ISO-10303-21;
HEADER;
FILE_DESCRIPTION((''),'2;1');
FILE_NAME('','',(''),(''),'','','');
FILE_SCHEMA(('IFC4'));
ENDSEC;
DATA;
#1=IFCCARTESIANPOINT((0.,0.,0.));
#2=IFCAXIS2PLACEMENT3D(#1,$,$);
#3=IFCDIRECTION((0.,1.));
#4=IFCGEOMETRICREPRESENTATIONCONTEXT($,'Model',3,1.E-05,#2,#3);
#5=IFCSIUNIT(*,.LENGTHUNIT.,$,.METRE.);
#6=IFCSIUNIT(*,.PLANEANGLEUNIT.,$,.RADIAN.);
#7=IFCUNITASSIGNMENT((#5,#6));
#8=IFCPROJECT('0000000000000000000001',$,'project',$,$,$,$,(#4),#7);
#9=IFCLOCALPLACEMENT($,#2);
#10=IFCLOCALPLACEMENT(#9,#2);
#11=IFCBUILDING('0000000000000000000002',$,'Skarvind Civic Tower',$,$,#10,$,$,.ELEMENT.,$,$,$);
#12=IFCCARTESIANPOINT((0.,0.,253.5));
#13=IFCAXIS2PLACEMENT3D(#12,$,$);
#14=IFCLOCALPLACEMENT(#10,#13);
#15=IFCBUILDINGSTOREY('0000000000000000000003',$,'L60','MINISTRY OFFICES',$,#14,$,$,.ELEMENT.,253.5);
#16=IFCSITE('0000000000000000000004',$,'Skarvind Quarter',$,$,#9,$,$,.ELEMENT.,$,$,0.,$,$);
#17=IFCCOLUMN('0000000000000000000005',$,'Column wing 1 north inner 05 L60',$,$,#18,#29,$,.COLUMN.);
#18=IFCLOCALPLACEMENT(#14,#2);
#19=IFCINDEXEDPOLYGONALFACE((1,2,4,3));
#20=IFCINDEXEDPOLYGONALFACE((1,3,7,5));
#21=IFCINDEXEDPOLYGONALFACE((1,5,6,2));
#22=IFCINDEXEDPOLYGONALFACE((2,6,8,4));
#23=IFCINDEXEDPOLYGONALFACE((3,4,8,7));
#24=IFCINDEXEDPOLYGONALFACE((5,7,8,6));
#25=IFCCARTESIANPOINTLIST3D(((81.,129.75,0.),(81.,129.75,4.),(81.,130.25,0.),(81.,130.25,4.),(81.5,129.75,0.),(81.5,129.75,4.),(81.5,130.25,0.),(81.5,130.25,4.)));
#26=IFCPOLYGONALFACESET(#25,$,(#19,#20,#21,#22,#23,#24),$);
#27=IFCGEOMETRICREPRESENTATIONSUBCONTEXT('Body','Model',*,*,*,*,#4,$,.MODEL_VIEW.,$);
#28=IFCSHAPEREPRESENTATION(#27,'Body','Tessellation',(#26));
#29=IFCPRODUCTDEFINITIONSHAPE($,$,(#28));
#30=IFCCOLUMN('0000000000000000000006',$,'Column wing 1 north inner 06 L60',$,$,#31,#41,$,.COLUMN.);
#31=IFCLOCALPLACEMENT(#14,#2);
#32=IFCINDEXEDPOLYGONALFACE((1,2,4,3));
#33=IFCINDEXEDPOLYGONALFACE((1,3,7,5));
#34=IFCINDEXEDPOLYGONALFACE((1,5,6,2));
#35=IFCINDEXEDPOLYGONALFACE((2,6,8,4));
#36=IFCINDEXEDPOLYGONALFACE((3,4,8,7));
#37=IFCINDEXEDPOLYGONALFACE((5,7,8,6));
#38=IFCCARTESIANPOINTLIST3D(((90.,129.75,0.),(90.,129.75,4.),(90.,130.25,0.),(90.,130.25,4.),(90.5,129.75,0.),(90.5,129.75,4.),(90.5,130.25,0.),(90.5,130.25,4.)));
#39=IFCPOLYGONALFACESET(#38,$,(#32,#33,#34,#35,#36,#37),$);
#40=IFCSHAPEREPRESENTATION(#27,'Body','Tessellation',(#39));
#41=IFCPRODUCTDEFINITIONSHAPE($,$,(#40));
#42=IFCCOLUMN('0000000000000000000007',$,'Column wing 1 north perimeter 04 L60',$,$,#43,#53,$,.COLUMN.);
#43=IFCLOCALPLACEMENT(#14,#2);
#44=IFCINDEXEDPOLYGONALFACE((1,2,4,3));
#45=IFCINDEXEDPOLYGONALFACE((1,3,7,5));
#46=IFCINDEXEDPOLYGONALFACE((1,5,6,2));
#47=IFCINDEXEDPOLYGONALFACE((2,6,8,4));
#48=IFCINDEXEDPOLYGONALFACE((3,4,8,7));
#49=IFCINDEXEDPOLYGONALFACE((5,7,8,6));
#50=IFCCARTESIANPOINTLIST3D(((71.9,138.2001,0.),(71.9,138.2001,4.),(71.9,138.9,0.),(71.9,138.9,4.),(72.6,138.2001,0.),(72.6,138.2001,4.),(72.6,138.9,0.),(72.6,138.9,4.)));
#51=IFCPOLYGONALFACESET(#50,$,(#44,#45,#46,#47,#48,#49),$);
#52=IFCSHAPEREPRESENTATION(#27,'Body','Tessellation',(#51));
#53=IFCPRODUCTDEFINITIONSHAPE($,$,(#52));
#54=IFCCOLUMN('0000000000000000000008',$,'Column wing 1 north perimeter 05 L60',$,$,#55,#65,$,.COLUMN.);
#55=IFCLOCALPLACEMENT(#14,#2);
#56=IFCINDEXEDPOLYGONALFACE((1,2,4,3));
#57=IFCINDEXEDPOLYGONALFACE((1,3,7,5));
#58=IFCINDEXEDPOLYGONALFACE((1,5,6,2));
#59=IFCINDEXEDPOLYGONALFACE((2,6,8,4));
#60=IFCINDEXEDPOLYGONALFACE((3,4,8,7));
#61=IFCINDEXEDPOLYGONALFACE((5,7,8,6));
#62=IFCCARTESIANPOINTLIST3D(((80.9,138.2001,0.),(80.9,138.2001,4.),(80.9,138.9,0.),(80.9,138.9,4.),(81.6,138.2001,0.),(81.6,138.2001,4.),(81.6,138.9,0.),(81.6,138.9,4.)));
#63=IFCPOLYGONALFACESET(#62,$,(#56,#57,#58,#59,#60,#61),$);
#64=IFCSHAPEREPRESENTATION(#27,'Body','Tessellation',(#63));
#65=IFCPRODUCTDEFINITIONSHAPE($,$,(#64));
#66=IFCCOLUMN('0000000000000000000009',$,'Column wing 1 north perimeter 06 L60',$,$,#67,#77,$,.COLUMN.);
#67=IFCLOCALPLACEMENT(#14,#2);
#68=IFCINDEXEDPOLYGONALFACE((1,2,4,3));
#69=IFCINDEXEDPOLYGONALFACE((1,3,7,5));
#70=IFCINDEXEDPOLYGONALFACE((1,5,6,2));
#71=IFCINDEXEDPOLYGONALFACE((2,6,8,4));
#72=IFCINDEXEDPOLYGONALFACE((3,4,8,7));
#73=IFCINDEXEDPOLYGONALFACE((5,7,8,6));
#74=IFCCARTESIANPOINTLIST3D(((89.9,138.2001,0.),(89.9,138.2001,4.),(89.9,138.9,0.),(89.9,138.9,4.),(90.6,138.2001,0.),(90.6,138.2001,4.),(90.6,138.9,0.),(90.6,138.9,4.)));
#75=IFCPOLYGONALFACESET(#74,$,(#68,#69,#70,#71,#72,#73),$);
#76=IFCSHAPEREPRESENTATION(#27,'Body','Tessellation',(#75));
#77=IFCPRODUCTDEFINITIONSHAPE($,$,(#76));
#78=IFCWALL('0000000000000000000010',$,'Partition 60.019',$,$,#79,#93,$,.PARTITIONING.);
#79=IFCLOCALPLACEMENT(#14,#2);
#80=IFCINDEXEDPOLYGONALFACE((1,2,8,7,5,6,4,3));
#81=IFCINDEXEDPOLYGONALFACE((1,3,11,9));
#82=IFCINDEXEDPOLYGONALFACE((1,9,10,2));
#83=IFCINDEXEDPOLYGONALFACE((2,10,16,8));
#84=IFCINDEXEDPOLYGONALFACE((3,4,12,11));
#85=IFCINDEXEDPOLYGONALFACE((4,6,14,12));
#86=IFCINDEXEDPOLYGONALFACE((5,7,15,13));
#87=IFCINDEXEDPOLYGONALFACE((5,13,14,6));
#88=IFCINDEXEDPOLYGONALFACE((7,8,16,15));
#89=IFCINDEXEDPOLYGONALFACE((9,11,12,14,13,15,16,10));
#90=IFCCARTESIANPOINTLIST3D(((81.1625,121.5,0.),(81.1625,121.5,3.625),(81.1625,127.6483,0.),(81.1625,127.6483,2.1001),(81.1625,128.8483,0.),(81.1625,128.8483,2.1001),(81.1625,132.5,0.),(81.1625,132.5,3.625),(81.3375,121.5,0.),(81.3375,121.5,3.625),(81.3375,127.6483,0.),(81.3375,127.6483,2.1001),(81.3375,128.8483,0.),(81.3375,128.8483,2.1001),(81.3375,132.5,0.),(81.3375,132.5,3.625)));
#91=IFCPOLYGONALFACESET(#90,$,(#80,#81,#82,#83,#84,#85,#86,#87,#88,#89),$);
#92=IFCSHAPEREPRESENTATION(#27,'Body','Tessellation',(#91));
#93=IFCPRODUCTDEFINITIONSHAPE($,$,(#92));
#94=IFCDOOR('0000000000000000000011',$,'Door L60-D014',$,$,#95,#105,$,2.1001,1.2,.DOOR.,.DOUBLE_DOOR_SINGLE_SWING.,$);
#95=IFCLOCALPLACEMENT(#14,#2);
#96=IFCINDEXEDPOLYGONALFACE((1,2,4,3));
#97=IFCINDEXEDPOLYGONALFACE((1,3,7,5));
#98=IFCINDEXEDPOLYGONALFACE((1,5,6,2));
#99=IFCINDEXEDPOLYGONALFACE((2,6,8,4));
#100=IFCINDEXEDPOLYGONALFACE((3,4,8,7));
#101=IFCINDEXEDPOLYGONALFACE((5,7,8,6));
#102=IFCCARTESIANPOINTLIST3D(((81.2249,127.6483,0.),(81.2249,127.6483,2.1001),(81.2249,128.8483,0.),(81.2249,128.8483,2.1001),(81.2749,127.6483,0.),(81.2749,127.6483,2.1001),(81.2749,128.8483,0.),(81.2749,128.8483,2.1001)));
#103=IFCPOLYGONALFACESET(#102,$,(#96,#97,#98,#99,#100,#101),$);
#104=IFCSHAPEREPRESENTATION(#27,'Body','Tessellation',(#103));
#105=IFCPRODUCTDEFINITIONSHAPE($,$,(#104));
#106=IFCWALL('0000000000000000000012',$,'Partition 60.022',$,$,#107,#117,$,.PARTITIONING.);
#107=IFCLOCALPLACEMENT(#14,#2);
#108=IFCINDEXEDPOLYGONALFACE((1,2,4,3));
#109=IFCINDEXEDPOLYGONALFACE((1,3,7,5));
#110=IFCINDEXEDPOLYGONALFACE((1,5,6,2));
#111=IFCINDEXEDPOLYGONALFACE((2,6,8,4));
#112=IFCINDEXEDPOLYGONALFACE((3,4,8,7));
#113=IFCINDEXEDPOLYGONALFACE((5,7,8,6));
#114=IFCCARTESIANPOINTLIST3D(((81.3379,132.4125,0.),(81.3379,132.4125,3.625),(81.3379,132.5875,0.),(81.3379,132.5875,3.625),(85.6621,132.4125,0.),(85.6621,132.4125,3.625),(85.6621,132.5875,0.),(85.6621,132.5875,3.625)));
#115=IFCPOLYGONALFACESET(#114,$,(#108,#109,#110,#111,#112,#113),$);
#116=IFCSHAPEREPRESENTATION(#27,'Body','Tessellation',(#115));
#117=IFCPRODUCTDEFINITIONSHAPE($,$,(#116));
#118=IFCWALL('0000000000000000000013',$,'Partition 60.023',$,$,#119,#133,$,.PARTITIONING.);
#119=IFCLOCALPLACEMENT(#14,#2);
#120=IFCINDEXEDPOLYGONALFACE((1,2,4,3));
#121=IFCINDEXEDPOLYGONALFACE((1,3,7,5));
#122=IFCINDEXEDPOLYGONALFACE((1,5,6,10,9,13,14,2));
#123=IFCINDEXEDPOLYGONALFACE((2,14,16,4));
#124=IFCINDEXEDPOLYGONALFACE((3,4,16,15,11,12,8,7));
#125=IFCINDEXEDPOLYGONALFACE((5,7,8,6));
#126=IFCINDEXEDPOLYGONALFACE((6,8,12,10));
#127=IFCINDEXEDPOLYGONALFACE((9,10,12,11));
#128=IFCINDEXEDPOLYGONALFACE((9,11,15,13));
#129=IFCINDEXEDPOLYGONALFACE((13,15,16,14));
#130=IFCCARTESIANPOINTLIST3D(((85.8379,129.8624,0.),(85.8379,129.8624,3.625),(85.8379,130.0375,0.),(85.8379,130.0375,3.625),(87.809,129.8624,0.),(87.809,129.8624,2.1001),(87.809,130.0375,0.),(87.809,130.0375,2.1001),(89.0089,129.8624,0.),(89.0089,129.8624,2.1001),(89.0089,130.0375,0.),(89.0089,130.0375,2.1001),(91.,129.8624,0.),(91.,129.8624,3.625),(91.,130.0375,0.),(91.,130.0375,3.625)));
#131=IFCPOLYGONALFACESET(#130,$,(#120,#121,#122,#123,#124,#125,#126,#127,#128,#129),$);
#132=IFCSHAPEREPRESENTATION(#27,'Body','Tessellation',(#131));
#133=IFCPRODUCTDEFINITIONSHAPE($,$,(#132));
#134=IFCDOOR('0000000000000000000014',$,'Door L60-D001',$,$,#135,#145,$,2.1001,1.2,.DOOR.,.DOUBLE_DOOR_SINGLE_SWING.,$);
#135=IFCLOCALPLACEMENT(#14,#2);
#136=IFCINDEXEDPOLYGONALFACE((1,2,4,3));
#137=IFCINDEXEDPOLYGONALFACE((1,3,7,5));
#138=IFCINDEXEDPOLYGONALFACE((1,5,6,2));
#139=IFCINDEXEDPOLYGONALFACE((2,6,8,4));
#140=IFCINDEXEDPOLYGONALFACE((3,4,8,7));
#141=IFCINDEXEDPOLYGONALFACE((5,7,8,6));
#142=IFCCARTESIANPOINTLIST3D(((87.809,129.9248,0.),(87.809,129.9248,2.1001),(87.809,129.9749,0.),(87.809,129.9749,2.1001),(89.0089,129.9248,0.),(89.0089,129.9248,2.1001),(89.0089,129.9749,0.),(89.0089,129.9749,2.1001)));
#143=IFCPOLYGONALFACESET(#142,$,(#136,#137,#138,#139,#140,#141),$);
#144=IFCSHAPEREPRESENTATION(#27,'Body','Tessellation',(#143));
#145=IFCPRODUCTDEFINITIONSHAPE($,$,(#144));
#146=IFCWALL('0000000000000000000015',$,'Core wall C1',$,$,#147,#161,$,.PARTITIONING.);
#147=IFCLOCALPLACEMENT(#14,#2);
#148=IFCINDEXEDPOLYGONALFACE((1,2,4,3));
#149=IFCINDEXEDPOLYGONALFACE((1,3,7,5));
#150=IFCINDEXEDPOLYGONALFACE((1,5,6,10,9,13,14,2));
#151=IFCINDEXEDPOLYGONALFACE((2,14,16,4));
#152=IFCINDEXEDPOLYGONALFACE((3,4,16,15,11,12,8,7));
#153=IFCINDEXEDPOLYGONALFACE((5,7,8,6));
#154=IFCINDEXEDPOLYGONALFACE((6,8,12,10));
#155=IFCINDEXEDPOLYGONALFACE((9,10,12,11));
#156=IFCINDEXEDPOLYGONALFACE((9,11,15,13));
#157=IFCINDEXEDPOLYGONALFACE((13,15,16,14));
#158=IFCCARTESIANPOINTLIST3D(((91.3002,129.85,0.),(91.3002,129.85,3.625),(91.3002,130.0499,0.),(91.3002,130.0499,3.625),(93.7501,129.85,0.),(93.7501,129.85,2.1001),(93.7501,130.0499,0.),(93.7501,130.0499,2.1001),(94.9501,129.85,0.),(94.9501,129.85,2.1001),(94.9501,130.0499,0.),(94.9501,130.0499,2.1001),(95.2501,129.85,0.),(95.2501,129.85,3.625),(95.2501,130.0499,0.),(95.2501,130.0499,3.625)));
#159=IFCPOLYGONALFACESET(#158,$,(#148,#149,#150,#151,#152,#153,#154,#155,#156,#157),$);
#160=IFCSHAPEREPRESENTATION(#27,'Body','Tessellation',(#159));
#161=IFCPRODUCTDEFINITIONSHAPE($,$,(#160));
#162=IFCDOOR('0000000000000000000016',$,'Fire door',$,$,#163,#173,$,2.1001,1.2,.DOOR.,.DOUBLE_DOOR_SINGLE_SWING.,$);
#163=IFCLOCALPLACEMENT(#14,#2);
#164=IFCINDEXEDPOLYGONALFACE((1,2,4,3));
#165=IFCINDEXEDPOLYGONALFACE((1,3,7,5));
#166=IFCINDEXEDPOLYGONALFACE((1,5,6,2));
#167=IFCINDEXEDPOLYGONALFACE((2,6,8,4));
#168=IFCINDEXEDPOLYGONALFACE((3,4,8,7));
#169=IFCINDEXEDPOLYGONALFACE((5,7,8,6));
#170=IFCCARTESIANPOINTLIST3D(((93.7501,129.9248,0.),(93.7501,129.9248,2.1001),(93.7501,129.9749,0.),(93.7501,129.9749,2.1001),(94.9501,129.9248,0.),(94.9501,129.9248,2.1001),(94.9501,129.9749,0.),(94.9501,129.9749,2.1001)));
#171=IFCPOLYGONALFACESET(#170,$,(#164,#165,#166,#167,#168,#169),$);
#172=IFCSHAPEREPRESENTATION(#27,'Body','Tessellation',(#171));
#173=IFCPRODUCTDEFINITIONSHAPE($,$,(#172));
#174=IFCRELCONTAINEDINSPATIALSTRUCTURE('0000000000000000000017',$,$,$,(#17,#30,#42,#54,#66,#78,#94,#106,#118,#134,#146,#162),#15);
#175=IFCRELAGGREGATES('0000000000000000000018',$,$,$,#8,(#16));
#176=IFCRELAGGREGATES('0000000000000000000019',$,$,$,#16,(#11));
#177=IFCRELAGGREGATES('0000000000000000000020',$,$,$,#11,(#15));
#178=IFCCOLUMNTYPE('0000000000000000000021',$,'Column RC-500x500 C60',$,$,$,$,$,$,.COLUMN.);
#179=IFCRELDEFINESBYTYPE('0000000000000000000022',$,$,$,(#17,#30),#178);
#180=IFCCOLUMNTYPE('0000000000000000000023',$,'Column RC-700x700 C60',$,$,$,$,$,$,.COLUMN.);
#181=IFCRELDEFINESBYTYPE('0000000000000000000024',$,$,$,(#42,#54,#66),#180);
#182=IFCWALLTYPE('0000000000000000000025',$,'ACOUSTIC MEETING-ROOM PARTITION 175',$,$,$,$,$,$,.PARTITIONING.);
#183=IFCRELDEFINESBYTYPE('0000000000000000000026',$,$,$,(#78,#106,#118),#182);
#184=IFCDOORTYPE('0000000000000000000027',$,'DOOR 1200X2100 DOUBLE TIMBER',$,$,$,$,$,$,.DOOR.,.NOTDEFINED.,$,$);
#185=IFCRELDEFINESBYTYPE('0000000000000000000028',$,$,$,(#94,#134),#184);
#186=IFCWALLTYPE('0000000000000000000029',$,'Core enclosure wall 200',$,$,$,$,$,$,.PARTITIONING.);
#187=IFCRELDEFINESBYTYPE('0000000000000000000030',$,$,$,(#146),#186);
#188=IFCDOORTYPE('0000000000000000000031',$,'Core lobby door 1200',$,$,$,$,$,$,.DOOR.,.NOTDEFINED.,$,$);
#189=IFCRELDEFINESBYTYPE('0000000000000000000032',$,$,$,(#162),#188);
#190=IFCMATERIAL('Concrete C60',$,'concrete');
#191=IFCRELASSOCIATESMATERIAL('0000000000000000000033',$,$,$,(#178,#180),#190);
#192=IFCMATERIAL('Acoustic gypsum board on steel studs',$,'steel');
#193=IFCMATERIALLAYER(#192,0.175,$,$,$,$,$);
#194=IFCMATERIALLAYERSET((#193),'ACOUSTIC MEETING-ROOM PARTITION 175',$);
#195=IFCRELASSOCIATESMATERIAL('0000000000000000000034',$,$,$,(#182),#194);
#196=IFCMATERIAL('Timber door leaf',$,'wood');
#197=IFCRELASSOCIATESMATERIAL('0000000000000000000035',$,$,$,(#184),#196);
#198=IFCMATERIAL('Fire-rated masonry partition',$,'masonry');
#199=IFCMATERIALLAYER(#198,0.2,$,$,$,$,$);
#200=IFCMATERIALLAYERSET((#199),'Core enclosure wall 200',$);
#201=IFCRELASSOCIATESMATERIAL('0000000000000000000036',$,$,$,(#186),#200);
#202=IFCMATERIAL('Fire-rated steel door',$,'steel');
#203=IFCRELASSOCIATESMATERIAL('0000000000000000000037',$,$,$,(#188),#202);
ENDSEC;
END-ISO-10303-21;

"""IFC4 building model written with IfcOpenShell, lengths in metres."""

from ifc_helpers import new_model, si_unit, direction, frame, frame_2d, origin, origin_2d, place, context, subcontext, project, spatial, rectangle, extrude, material, layer, layer_set, material_profile, profile_set, type_object, element, fill, save


model = new_model("IFC4")

# Units and contexts
model_context = context("Model", 3, precision=1e-05, world=origin(), true_north=direction((0.0, 1.0)))
body_context = subcontext(model_context, "Body", "Model", "MODEL_VIEW")
ifc_project = project(units=[si_unit("LENGTHUNIT", "METRE"), si_unit("PLANEANGLEUNIT", "RADIAN")], contexts=[model_context])

# Site, building, storey
site_placement = place(None, origin())
site = spatial("IfcSite", under=ifc_project, at=site_placement, Name="Skarvind Quarter", CompositionType="ELEMENT", RefElevation=0.0)
building_placement = place(site_placement, origin())
building = spatial("IfcBuilding", under=site, at=building_placement, Name="Skarvind Civic Tower", CompositionType="ELEMENT")
storey_placement = place(building_placement, frame((0.0, 0.0, 253.5)))
storey = spatial("IfcBuildingStorey", under=building, at=storey_placement, Name="L60", Description="MINISTRY OFFICES", CompositionType="ELEMENT", Elevation=253.5)

# Columns
ifc_material_1 = material(Name="Concrete C60", Category="concrete")
ifc_material_profile_1 = material_profile(ifc_material_1, rectangle(XDim=0.5, YDim=0.5, at=origin_2d()), Name="RC-500x500")
ifc_profile_set_1 = profile_set([ifc_material_profile_1], Name="Concrete C60")
column_type_1 = type_object("IfcColumnType", Name="Column RC-500x500 C60", PredefinedType="COLUMN", material=ifc_profile_set_1)
for number, where, z_axis, x_axis, name in (
    (1, (81.25, 130.0, 0.0), (0.0, 0.0, 1.0), (1.0, 0.0, 0.0), "Column wing 1 north inner 05 L60"),
    (2, (90.25, 130.0, 0.0), (0.0, 0.0, 1.0), (1.0, 0.0, 0.0), "Column wing 1 north inner 06 L60"),
):
    element("IfcColumn", number, at=place(storey_placement, frame(where, z_axis=z_axis, x_axis=x_axis)), inside=storey, type_object=column_type_1, Name=name, PredefinedType="COLUMN", context=body_context, shape_type="SweptSolid", body=[
        extrude(rectangle(XDim=0.5, YDim=0.5, at=origin_2d()), origin(), (0.0, 0.0, 1.0), 4.0),
    ])
ifc_material_profile_2 = material_profile(ifc_material_1, rectangle(XDim=0.7, YDim=0.7, at=origin_2d()), Name="RC-700x700")
ifc_profile_set_2 = profile_set([ifc_material_profile_2], Name="Concrete C60")
column_type_2 = type_object("IfcColumnType", Name="Column RC-700x700 C60", PredefinedType="COLUMN", material=ifc_profile_set_2)
for number, where, z_axis, x_axis, name in (
    (3, (72.25, 138.55, 0.0), (0.0, 0.0, 1.0), (1.0, 0.0, 0.0), "Column wing 1 north perimeter 04 L60"),
    (4, (81.25, 138.55, 0.0), (0.0, 0.0, 1.0), (1.0, 0.0, 0.0), "Column wing 1 north perimeter 05 L60"),
    (5, (90.25, 138.55, 0.0), (0.0, 0.0, 1.0), (1.0, 0.0, 0.0), "Column wing 1 north perimeter 06 L60"),
):
    element("IfcColumn", number, at=place(storey_placement, frame(where, z_axis=z_axis, x_axis=x_axis)), inside=storey, type_object=column_type_2, Name=name, PredefinedType="COLUMN", context=body_context, shape_type="SweptSolid", body=[
        extrude(rectangle(XDim=0.7, YDim=0.7, at=origin_2d()), origin(), (0.0, 0.0, 1.0), 4.0),
    ])

# Wall, opening, door
ifc_material_2 = material(Name="Acoustic gypsum board on steel studs", Category="steel")
ifc_layer_1 = layer(ifc_material_2, 0.175)
ifc_layer_set_1 = layer_set([ifc_layer_1], Name="ACOUSTIC MEETING-ROOM PARTITION 175")
wall_type_1 = type_object("IfcWallType", Name="ACOUSTIC MEETING-ROOM PARTITION 175", PredefinedType="PARTITIONING", material=ifc_layer_set_1)
wall_1_placement = place(storey_placement, frame((81.25, 132.5, 0.0), z_axis=(0.0, 0.0, 1.0), x_axis=(0.0, -1.0, 0.0)))
wall_1 = element("IfcWall", 6, at=wall_1_placement, inside=storey, type_object=wall_type_1, Name="Partition 60.019", PredefinedType="PARTITIONING", context=body_context, shape_type="SweptSolid", body=[
    extrude(rectangle(XDim=11.0, YDim=0.175, at=frame_2d((5.5, 0.0))), origin(), (0.0, 0.0, 1.0), 3.625),
])
opening_1_placement = place(wall_1_placement, frame((3.6516, 0.0, 0.0)))
opening_1 = element("IfcOpeningElement", 7, at=opening_1_placement, cuts=wall_1, PredefinedType="OPENING", context=body_context, shape_type="SweptSolid", body=[
    extrude(rectangle(XDim=1.2, YDim=2.1001, at=frame_2d((0.6001, 1.05))), frame((0.0, 0.0974, 0.0), z_axis=(0.0, -1.0, 0.0), x_axis=(1.0, 0.0, 0.0)), (0.0, 0.0, 1.0), 0.1951),
])
ifc_material_3 = material(Name="Timber door leaf", Category="wood")
door_type_1 = type_object("IfcDoorType", Name="DOOR 1200X2100 DOUBLE TIMBER", OperationType="NOTDEFINED", PredefinedType="DOOR", material=ifc_material_3)
door_1_placement = place(opening_1_placement, origin())
door_1 = element("IfcDoor", 8, at=door_1_placement, inside=storey, type_object=door_type_1, Name="Door L60-D014", OperationType="DOUBLE_DOOR_SINGLE_SWING", OverallHeight=2.1001, OverallWidth=1.2, PredefinedType="DOOR", context=body_context, shape_type="SweptSolid", body=[
    extrude(rectangle(XDim=1.2, YDim=2.1001, at=frame_2d((0.6001, 1.05))), frame((0.0, 0.0249, 0.0), z_axis=(0.0, -1.0, 0.0), x_axis=(1.0, 0.0, 0.0)), (0.0, 0.0, 1.0), 0.05),
])
fill(opening_1, door_1)

# Wall
wall_2_placement = place(storey_placement, frame((85.6621, 132.5, 0.0), z_axis=(0.0, 0.0, 1.0), x_axis=(-1.0, 0.0, 0.0)))
element("IfcWall", 9, at=wall_2_placement, inside=storey, type_object=wall_type_1, Name="Partition 60.022", PredefinedType="PARTITIONING", context=body_context, shape_type="SweptSolid", body=[
    extrude(rectangle(XDim=4.3242, YDim=0.175, at=frame_2d((2.1621, 0.0))), origin(), (0.0, 0.0, 1.0), 3.625),
])

# Walls, openings, doors
wall_3_placement = place(storey_placement, frame((85.8379, 129.95, 0.0), z_axis=(0.0, 0.0, 1.0), x_axis=(1.0, 0.0, 0.0)))
wall_3 = element("IfcWall", 10, at=wall_3_placement, inside=storey, type_object=wall_type_1, Name="Partition 60.023", PredefinedType="PARTITIONING", context=body_context, shape_type="SweptSolid", body=[
    extrude(rectangle(XDim=5.1621, YDim=0.175, at=frame_2d((2.5811, 0.0))), origin(), (0.0, 0.0, 1.0), 3.625),
])
opening_2_placement = place(wall_3_placement, frame((1.9709, 0.0, 0.0)))
opening_2 = element("IfcOpeningElement", 11, at=opening_2_placement, cuts=wall_3, PredefinedType="OPENING", context=body_context, shape_type="SweptSolid", body=[
    extrude(rectangle(XDim=1.2, YDim=2.1001, at=frame_2d((0.6001, 1.05))), frame((0.0, 0.0974, 0.0), z_axis=(0.0, -1.0, 0.0), x_axis=(1.0, 0.0, 0.0)), (0.0, 0.0, 1.0), 0.1951),
])
door_2_placement = place(opening_2_placement, origin())
door_2 = element("IfcDoor", 12, at=door_2_placement, inside=storey, type_object=door_type_1, Name="Door L60-D001", OperationType="DOUBLE_DOOR_SINGLE_SWING", OverallHeight=2.1001, OverallWidth=1.2, PredefinedType="DOOR", context=body_context, shape_type="SweptSolid", body=[
    extrude(rectangle(XDim=1.2, YDim=2.1001, at=frame_2d((0.6001, 1.05))), frame((0.0, 0.0249, 0.0), z_axis=(0.0, -1.0, 0.0), x_axis=(1.0, 0.0, 0.0)), (0.0, 0.0, 1.0), 0.05),
])
fill(opening_2, door_2)
ifc_material_4 = material(Name="Fire-rated masonry partition", Category="masonry")
ifc_layer_2 = layer(ifc_material_4, 0.2)
ifc_layer_set_2 = layer_set([ifc_layer_2], Name="Core enclosure wall 200")
wall_type_2 = type_object("IfcWallType", Name="Core enclosure wall 200", PredefinedType="PARTITIONING", material=ifc_layer_set_2)
wall_4_placement = place(storey_placement, frame((91.3, 129.95, 0.0), z_axis=(0.0, 0.0, 1.0), x_axis=(1.0, 0.0, 0.0)))
wall_4 = element("IfcWall", 13, at=wall_4_placement, inside=storey, type_object=wall_type_2, Name="Core wall C1", PredefinedType="PARTITIONING", context=body_context, shape_type="SweptSolid", body=[
    extrude(rectangle(XDim=3.95, YDim=0.2, at=frame_2d((1.9751, 0.0))), origin(), (0.0, 0.0, 1.0), 3.625),
])
opening_3_placement = place(wall_4_placement, frame((2.45, 0.0, 0.0)))
opening_3 = element("IfcOpeningElement", 14, at=opening_3_placement, cuts=wall_4, PredefinedType="OPENING", context=body_context, shape_type="SweptSolid", body=[
    extrude(rectangle(XDim=1.2, YDim=2.1001, at=frame_2d((0.6001, 1.05))), frame((0.0, 0.1099, 0.0), z_axis=(0.0, -1.0, 0.0), x_axis=(1.0, 0.0, 0.0)), (0.0, 0.0, 1.0), 0.22),
])
ifc_material_5 = material(Name="Fire-rated steel door", Category="steel")
door_type_2 = type_object("IfcDoorType", Name="Core lobby door 1200", OperationType="NOTDEFINED", PredefinedType="DOOR", material=ifc_material_5)
door_3_placement = place(opening_3_placement, origin())
door_3 = element("IfcDoor", 15, at=door_3_placement, inside=storey, type_object=door_type_2, Name="Fire door", OperationType="DOUBLE_DOOR_SINGLE_SWING", OverallHeight=2.1001, OverallWidth=1.2, PredefinedType="DOOR", context=body_context, shape_type="SweptSolid", body=[
    extrude(rectangle(XDim=1.2, YDim=2.1001, at=frame_2d((0.6001, 1.05))), frame((0.0, 0.0249, 0.0), z_axis=(0.0, -1.0, 0.0), x_axis=(1.0, 0.0, 0.0)), (0.0, 0.0, 1.0), 0.05),
])
fill(opening_3, door_3)

save(model, "model.ifc")
